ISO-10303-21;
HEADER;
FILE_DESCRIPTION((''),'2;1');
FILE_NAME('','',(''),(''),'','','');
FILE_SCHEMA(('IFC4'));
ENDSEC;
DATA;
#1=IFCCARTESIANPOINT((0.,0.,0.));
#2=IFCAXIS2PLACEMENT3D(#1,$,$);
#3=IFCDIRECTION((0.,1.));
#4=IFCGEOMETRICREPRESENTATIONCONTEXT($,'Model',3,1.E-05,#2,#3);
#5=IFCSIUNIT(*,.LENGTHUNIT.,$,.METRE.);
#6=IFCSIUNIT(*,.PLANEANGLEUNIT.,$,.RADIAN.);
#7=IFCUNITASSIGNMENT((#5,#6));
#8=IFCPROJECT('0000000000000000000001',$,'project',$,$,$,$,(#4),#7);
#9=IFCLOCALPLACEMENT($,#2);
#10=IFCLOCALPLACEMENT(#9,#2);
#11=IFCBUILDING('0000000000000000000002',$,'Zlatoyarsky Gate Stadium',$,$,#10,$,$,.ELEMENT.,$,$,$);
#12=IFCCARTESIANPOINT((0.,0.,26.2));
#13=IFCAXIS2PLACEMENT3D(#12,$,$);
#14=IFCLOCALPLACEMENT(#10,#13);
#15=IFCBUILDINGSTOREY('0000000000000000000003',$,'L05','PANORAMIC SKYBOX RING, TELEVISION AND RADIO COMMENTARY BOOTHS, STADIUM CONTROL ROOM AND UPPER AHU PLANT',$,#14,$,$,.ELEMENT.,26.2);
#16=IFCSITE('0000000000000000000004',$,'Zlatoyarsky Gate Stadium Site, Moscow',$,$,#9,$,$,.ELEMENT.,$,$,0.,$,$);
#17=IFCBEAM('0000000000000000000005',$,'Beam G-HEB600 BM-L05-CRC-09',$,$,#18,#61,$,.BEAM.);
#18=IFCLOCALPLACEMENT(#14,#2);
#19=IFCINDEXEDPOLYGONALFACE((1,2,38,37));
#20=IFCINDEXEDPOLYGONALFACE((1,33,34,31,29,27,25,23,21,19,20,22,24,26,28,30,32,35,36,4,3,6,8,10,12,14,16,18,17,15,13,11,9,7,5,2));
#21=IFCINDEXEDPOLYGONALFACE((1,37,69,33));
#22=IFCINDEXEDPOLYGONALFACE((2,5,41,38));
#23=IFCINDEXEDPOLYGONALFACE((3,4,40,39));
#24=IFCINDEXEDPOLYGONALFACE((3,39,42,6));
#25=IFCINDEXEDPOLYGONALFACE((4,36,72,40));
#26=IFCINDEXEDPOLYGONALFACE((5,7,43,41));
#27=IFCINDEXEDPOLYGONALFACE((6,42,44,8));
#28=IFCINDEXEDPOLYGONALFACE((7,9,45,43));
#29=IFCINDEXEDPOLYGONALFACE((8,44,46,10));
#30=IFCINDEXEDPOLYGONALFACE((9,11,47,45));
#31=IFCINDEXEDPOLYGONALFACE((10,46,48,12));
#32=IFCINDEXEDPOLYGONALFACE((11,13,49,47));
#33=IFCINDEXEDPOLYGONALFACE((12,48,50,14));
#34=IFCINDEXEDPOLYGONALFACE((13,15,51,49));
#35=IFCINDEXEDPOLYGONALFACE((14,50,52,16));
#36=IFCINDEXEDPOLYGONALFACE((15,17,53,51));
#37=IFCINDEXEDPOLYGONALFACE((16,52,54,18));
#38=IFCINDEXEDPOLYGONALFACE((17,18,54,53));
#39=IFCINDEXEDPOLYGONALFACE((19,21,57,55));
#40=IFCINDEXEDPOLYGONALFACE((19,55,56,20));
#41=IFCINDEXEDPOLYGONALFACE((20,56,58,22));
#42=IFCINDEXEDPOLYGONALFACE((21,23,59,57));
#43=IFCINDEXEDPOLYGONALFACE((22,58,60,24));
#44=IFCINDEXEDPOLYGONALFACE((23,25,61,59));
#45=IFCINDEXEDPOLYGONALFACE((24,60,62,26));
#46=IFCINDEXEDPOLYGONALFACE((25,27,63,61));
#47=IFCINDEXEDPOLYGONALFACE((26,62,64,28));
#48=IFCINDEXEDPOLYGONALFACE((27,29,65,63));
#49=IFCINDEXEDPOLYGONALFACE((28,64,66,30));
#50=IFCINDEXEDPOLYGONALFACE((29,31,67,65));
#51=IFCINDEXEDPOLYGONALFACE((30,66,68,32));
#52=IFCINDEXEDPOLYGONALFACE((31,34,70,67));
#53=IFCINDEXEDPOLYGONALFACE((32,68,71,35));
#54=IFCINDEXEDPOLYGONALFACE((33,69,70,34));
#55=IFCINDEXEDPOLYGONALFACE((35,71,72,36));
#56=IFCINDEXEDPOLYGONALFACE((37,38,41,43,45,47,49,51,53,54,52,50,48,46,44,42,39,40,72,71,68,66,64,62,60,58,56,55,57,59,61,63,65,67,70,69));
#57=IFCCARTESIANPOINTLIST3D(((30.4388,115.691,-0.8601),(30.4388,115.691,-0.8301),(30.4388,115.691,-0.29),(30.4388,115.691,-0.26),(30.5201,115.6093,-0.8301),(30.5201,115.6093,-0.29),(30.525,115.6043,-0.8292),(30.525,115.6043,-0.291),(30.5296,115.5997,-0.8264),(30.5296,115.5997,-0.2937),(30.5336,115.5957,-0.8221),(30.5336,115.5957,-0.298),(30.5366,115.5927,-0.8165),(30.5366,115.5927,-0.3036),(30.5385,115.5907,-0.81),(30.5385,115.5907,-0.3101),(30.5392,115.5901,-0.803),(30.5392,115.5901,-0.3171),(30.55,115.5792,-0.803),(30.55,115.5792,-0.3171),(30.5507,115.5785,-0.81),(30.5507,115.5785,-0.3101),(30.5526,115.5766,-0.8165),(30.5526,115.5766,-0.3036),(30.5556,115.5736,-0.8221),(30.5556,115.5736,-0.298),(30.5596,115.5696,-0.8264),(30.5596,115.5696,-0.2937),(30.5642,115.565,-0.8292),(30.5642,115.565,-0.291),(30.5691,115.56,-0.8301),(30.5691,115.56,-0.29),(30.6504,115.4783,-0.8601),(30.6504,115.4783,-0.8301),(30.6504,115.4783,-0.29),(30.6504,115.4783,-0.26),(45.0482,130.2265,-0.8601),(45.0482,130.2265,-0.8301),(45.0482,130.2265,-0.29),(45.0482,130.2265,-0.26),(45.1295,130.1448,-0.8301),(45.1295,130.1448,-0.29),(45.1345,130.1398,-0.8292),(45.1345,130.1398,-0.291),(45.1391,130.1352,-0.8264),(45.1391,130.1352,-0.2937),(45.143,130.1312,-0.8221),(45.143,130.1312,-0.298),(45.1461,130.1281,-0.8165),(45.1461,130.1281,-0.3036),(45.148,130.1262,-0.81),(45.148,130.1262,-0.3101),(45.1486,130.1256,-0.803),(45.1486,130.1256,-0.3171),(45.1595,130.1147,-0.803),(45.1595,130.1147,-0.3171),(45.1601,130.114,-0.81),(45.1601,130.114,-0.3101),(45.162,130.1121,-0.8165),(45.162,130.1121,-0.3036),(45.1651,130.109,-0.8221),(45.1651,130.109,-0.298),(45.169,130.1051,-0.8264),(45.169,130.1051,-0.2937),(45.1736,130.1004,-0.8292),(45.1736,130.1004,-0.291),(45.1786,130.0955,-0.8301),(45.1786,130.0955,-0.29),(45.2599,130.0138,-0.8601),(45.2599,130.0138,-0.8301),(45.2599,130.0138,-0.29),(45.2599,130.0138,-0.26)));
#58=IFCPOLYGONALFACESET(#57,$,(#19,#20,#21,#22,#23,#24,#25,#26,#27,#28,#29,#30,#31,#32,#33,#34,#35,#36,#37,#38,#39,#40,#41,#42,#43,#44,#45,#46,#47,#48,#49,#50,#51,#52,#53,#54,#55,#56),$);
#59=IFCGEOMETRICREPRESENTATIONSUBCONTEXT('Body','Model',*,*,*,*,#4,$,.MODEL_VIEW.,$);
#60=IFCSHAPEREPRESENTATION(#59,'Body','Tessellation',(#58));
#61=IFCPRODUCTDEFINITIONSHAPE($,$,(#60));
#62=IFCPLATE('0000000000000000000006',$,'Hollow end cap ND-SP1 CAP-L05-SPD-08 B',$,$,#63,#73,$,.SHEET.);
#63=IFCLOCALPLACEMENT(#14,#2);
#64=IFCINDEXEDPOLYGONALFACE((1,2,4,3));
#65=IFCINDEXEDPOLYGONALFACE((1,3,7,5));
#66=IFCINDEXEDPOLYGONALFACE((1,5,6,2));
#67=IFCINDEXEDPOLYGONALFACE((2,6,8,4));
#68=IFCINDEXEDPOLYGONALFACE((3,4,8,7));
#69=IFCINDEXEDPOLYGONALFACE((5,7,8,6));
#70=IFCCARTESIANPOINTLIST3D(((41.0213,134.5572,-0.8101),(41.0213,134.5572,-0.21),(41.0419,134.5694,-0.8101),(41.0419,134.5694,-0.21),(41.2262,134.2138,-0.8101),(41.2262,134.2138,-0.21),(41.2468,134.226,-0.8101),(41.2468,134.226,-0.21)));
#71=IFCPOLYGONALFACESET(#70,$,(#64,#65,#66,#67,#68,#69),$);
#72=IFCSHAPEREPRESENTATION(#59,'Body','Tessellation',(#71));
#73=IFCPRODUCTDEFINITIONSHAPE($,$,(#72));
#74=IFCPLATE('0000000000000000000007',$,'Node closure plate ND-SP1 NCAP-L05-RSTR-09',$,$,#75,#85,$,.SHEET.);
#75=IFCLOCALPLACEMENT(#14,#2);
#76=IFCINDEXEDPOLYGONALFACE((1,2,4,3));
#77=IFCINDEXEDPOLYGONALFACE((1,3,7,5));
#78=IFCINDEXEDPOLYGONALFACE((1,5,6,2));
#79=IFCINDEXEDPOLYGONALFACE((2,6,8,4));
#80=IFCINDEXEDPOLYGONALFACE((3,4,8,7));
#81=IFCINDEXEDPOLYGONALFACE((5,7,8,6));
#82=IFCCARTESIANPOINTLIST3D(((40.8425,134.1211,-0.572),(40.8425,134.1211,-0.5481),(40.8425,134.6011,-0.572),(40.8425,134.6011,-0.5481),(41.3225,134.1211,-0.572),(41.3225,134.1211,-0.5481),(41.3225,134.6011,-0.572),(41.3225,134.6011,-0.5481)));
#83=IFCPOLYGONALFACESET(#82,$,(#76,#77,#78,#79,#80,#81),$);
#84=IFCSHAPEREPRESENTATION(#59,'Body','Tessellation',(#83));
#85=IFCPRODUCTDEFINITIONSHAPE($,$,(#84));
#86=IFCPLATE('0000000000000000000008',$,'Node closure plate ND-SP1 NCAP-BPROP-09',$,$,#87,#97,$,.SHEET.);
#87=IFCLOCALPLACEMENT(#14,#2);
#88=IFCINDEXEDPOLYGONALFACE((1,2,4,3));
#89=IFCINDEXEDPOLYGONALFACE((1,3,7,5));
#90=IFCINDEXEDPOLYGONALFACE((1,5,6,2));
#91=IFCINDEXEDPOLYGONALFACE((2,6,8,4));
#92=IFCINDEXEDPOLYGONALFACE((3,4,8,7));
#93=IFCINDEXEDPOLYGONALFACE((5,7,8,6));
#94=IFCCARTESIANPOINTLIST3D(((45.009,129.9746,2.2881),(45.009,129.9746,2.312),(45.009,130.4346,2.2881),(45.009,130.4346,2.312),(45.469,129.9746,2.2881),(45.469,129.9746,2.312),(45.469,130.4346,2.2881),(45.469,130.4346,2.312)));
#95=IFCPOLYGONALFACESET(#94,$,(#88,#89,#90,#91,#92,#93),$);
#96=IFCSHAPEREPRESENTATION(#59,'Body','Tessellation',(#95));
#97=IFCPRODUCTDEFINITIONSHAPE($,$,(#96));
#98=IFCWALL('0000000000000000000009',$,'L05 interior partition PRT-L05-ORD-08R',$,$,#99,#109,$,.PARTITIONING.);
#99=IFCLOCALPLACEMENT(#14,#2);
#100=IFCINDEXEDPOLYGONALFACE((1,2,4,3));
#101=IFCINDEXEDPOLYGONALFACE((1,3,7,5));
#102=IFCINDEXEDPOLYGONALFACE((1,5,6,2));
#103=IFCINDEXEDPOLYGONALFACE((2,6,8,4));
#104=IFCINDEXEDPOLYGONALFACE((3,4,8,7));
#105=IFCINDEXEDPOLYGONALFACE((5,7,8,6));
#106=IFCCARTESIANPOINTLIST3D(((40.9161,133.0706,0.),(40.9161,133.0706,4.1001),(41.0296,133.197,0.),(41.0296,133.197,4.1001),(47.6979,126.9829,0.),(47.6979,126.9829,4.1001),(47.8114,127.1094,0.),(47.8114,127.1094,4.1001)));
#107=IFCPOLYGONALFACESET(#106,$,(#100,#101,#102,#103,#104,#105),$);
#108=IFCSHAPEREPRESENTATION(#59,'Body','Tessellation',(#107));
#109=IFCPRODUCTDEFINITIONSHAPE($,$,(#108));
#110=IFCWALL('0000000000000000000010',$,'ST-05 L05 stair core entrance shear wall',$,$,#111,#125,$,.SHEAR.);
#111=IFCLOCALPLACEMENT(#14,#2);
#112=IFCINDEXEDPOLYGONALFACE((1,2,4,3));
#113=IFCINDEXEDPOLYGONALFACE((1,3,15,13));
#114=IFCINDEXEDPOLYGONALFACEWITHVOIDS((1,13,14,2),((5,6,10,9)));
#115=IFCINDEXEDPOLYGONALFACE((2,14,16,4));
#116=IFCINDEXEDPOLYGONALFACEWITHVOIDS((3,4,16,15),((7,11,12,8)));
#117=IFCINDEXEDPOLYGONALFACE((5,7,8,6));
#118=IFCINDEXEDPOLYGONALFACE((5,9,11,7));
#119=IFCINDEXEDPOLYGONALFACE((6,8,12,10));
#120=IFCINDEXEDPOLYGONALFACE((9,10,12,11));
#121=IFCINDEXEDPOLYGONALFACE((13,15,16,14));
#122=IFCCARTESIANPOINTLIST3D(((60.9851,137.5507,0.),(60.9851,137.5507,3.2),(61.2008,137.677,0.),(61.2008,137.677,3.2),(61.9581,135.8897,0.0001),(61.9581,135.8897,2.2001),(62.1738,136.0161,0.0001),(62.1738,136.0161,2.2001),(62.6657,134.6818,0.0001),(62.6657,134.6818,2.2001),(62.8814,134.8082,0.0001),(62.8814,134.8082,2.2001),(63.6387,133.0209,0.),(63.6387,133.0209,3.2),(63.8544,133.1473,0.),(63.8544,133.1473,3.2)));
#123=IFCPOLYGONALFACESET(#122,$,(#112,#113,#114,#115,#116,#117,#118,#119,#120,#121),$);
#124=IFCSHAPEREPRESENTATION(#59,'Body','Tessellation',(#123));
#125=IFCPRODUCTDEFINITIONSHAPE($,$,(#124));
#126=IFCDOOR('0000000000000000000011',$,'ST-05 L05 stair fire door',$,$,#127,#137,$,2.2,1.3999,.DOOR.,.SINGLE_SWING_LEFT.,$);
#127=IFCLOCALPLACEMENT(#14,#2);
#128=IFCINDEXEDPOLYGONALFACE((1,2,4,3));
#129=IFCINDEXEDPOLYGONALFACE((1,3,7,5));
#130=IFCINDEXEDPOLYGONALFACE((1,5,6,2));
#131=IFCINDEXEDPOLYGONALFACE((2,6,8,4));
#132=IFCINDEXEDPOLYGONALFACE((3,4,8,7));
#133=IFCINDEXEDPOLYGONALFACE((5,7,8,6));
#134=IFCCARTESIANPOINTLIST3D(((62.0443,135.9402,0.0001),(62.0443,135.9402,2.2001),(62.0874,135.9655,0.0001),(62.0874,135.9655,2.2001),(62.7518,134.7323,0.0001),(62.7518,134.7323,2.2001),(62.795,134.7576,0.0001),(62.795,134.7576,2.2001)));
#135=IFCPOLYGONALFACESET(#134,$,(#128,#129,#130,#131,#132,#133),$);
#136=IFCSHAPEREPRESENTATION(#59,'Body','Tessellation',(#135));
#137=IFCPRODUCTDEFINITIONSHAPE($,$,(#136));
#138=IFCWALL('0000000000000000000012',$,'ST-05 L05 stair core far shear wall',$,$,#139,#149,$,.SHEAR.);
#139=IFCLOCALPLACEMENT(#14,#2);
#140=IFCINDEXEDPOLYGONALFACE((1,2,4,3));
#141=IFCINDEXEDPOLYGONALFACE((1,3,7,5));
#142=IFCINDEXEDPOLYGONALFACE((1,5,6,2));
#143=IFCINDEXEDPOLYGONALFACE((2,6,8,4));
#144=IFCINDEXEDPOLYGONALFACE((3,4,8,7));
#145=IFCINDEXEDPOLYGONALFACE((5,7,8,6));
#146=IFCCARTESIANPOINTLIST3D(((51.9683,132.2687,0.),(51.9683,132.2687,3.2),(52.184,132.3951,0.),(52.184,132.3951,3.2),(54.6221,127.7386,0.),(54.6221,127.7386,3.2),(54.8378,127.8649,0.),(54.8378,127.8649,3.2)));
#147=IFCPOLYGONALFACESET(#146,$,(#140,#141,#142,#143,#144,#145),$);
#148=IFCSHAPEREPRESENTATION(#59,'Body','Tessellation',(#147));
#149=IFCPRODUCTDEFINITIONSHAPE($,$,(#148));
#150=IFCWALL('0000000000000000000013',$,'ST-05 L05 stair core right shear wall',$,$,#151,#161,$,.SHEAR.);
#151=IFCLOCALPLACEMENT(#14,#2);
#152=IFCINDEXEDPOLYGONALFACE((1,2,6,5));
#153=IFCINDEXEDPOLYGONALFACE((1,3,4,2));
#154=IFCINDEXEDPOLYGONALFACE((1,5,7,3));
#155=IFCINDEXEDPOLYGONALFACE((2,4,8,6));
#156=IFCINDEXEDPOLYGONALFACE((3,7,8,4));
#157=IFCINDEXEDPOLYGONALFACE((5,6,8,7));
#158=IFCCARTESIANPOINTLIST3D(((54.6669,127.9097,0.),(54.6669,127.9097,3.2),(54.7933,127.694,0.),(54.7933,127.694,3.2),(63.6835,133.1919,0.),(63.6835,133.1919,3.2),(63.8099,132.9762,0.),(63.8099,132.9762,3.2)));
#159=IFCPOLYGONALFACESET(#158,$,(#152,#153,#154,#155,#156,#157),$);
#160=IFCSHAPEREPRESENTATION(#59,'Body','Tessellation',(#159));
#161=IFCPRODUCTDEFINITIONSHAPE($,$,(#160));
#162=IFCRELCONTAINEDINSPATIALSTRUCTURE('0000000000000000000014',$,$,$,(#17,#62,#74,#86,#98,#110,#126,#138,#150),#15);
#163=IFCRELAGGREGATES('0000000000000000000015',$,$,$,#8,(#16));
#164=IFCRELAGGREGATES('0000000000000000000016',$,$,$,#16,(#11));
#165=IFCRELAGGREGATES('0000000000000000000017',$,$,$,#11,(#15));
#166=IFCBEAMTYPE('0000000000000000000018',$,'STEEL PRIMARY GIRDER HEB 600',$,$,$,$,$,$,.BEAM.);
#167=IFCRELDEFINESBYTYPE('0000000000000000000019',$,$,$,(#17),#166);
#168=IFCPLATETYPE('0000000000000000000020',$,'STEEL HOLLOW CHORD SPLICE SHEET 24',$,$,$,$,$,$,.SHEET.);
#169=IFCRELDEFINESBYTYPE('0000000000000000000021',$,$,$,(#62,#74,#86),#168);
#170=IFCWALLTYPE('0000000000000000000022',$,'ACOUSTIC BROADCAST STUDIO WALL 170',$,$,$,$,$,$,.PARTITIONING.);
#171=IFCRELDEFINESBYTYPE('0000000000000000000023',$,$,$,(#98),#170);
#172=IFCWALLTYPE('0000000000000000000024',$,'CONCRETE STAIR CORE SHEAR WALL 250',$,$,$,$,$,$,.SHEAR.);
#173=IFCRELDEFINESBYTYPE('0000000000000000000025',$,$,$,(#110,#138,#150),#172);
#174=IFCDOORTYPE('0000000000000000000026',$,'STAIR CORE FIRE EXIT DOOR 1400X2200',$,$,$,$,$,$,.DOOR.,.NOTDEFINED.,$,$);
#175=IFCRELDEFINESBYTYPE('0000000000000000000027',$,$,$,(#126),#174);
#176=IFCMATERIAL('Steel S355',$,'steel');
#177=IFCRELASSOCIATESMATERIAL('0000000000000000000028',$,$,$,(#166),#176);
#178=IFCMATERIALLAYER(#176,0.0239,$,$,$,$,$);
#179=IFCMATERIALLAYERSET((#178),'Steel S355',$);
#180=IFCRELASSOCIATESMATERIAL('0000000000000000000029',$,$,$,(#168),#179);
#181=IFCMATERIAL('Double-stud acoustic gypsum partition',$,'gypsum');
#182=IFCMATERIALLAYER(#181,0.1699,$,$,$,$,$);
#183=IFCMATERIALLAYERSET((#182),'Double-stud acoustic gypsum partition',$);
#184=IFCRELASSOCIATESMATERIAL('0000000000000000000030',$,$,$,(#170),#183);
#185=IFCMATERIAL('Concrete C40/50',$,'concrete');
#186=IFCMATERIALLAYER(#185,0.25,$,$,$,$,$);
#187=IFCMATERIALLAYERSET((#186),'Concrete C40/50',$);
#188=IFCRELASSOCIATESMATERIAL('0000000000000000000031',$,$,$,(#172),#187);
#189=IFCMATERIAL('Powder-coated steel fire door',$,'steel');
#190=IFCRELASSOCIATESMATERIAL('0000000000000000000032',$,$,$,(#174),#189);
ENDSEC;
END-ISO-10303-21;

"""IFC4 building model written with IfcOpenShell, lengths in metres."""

from ifc_helpers import new_model, si_unit, direction, frame, frame_2d, origin, origin_2d, place, context, subcontext, project, spatial, rectangle, i_section, extrude, material, layer, layer_set, material_profile, profile_set, type_object, element, fill, save


model = new_model("IFC4")

# Units and contexts
model_context = context("Model", 3, precision=1e-05, world=origin(), true_north=direction((0.0, 1.0)))
body_context = subcontext(model_context, "Body", "Model", "MODEL_VIEW")
ifc_project = project(units=[si_unit("LENGTHUNIT", "METRE"), si_unit("PLANEANGLEUNIT", "RADIAN")], contexts=[model_context])

# Site, building, storey
site_placement = place(None, origin())
site = spatial("IfcSite", under=ifc_project, at=site_placement, Name="Zlatoyarsky Gate Stadium Site, Moscow", CompositionType="ELEMENT", RefElevation=0.0)
building_placement = place(site_placement, origin())
building = spatial("IfcBuilding", under=site, at=building_placement, Name="Zlatoyarsky Gate Stadium", CompositionType="ELEMENT")
storey_placement = place(building_placement, frame((0.0, 0.0, 26.2)))
storey = spatial("IfcBuildingStorey", under=building, at=storey_placement, Name="L05", Description="PANORAMIC SKYBOX RING, TELEVISION AND RADIO COMMENTARY BOOTHS, STADIUM CONTROL ROOM AND UPPER AHU PLANT", CompositionType="ELEMENT", Elevation=26.2)

# Shared definitions
ifc_material_1 = material(Name="Steel S355", Category="steel")

# Beam
ifc_material_profile_1 = material_profile(ifc_material_1, i_section(OverallWidth=0.3, OverallDepth=0.6001, WebThickness=0.0154, FlangeThickness=0.03, FilletRadius=0.0271, at=origin_2d()), Name="HEB 600")
ifc_profile_set_1 = profile_set([ifc_material_profile_1], Name="Steel S355")
beam_type_1 = type_object("IfcBeamType", Name="STEEL PRIMARY GIRDER HEB 600", PredefinedType="BEAM", material=ifc_profile_set_1)
beam_1_placement = place(storey_placement, frame((45.1541, 130.1201, -0.5601), z_axis=(-0.708899, -0.70531, 0.0), x_axis=(0.70531, -0.708899, 0.0)))
element("IfcBeam", 1, at=beam_1_placement, inside=storey, type_object=beam_type_1, Name="Beam G-HEB600 BM-L05-CRC-09", PredefinedType="BEAM", context=body_context, shape_type="SweptSolid", body=[
    extrude(i_section(OverallWidth=0.3, OverallDepth=0.6001, WebThickness=0.0154, FlangeThickness=0.03, FilletRadius=0.0271, at=origin_2d()), origin(), (0.0, 0.0, 1.0), 20.6086),
])

# Plates
ifc_layer_1 = layer(ifc_material_1, 0.0239)
ifc_layer_set_1 = layer_set([ifc_layer_1], Name="Steel S355")
plate_type = type_object("IfcPlateType", Name="STEEL HOLLOW CHORD SPLICE SHEET 24", PredefinedType="SHEET", material=ifc_layer_set_1)
plate_1_placement = place(storey_placement, frame((41.134, 134.3916, -0.8101), z_axis=(0.0, 0.0, 1.0), x_axis=(-0.858779, -0.512347, 0.0)))
element("IfcPlate", 2, at=plate_1_placement, inside=storey, type_object=plate_type, Name="Hollow end cap ND-SP1 CAP-L05-SPD-08 B", PredefinedType="SHEET", context=body_context, shape_type="SweptSolid", body=[
    extrude(rectangle(XDim=0.0239, YDim=0.3999, at=origin_2d()), origin(), (0.0, 0.0, 1.0), 0.6001),
])
plate_2_placement = place(storey_placement, frame((41.0825, 134.3611, -0.572), z_axis=(0.0, 0.0, 1.0), x_axis=(1.0, 0.0, 0.0)))
element("IfcPlate", 3, at=plate_2_placement, inside=storey, type_object=plate_type, Name="Node closure plate ND-SP1 NCAP-L05-RSTR-09", PredefinedType="SHEET", context=body_context, shape_type="SweptSolid", body=[
    extrude(rectangle(XDim=0.48, YDim=0.48, at=origin_2d()), origin(), (0.0, 0.0, 1.0), 0.0239),
])
plate_3_placement = place(storey_placement, frame((45.239, 130.2046, 2.2881), z_axis=(0.0, 0.0, 1.0), x_axis=(1.0, 0.0, 0.0)))
element("IfcPlate", 4, at=plate_3_placement, inside=storey, type_object=plate_type, Name="Node closure plate ND-SP1 NCAP-BPROP-09", PredefinedType="SHEET", context=body_context, shape_type="SweptSolid", body=[
    extrude(rectangle(XDim=0.46, YDim=0.46, at=origin_2d()), origin(), (0.0, 0.0, 1.0), 0.0239),
])

# Wall
ifc_material_2 = material(Name="Double-stud acoustic gypsum partition", Category="gypsum")
ifc_layer_2 = layer(ifc_material_2, 0.1699)
ifc_layer_set_2 = layer_set([ifc_layer_2], Name="Double-stud acoustic gypsum partition")
wall_type_1 = type_object("IfcWallType", Name="ACOUSTIC BROADCAST STUDIO WALL 170", PredefinedType="PARTITIONING", material=ifc_layer_set_2)
wall_1_placement = place(storey_placement, frame((47.7546, 127.0461, 0.0), z_axis=(0.0, 0.0, 1.0), x_axis=(-0.744162, 0.667999, 0.0)))
element("IfcWall", 5, at=wall_1_placement, inside=storey, type_object=wall_type_1, Name="L05 interior partition PRT-L05-ORD-08R", PredefinedType="PARTITIONING", context=body_context, shape_type="SweptSolid", body=[
    extrude(rectangle(XDim=9.1133, YDim=0.1699, at=frame_2d((4.5566, 0.0))), origin(), (0.0, 0.0, 1.0), 4.1001),
])

# Wall, opening, door
ifc_material_3 = material(Name="Concrete C40/50", Category="concrete")
ifc_layer_3 = layer(ifc_material_3, 0.25)
ifc_layer_set_3 = layer_set([ifc_layer_3], Name="Concrete C40/50")
wall_type_2 = type_object("IfcWallType", Name="CONCRETE STAIR CORE SHEAR WALL 250", PredefinedType="SHEAR", material=ifc_layer_set_3)
wall_2_placement = place(storey_placement, frame((63.7466, 133.084, 0.0), z_axis=(0.0, 0.0, 1.0), x_axis=(-0.50546, 0.86285, 0.0)))
wall_2 = element("IfcWall", 6, at=wall_2_placement, inside=storey, type_object=wall_type_2, Name="ST-05 L05 stair core entrance shear wall", PredefinedType="SHEAR", context=body_context, shape_type="SweptSolid", body=[
    extrude(rectangle(XDim=5.2498, YDim=0.25, at=frame_2d((2.625, 0.0))), origin(), (0.0, 0.0, 1.0), 3.2),
])
opening_1_placement = place(wall_2_placement, frame((1.925, 0.0, 0.0)))
opening_1 = element("IfcOpeningElement", 7, at=opening_1_placement, cuts=wall_2, PredefinedType="OPENING", context=body_context, shape_type="SweptSolid", body=[
    extrude(rectangle(XDim=1.3999, YDim=2.2, at=frame_2d((0.7, 1.1001))), frame((0.0, 0.135, 0.0), z_axis=(0.0, -1.0, 0.0), x_axis=(1.0, 0.0, 0.0)), (0.0, 0.0, 1.0), 0.27),
])
ifc_material_4 = material(Name="Powder-coated steel fire door", Category="steel")
door_type_1 = type_object("IfcDoorType", Name="STAIR CORE FIRE EXIT DOOR 1400X2200", OperationType="NOTDEFINED", PredefinedType="DOOR", material=ifc_material_4)
door_1_placement = place(opening_1_placement, frame((1.3999, 0.0, 0.0), z_axis=(0.0, 0.0, 1.0), x_axis=(-1.0, 0.0, 0.0)))
door_1 = element("IfcDoor", 8, at=door_1_placement, inside=storey, type_object=door_type_1, Name="ST-05 L05 stair fire door", OperationType="SINGLE_SWING_LEFT", OverallHeight=2.2, OverallWidth=1.3999, PredefinedType="DOOR", context=body_context, shape_type="SweptSolid", body=[
    extrude(rectangle(XDim=1.3999, YDim=2.2, at=frame_2d((0.7, 1.1001))), frame((0.0, 0.0249, 0.0), z_axis=(0.0, -1.0, 0.0), x_axis=(1.0, 0.0, 0.0)), (0.0, 0.0, 1.0), 0.05),
])
fill(opening_1, door_1)

# Walls
wall_3_placement = place(storey_placement, frame((52.0762, 132.3318, 0.0), z_axis=(0.0, 0.0, 1.0), x_axis=(0.505475, -0.862841, 0.0)))
element("IfcWall", 9, at=wall_3_placement, inside=storey, type_object=wall_type_2, Name="ST-05 L05 stair core far shear wall", PredefinedType="SHEAR", context=body_context, shape_type="SweptSolid", body=[
    extrude(rectangle(XDim=5.2502, YDim=0.25, at=frame_2d((2.625, 0.0))), origin(), (0.0, 0.0, 1.0), 3.2),
])
wall_4_placement = place(storey_placement, frame((54.73, 127.8018, 0.0), z_axis=(0.0, 0.0, 1.0), x_axis=(0.862839, 0.50548, 0.0)))
element("IfcWall", 10, at=wall_4_placement, inside=storey, type_object=wall_type_2, Name="ST-05 L05 stair core right shear wall", PredefinedType="SHEAR", context=body_context, shape_type="SweptSolid", body=[
    extrude(rectangle(XDim=10.45, YDim=0.25, at=frame_2d((5.2251, 0.0))), origin(), (0.0, 0.0, 1.0), 3.2),
])

save(model, "model.ifc")
